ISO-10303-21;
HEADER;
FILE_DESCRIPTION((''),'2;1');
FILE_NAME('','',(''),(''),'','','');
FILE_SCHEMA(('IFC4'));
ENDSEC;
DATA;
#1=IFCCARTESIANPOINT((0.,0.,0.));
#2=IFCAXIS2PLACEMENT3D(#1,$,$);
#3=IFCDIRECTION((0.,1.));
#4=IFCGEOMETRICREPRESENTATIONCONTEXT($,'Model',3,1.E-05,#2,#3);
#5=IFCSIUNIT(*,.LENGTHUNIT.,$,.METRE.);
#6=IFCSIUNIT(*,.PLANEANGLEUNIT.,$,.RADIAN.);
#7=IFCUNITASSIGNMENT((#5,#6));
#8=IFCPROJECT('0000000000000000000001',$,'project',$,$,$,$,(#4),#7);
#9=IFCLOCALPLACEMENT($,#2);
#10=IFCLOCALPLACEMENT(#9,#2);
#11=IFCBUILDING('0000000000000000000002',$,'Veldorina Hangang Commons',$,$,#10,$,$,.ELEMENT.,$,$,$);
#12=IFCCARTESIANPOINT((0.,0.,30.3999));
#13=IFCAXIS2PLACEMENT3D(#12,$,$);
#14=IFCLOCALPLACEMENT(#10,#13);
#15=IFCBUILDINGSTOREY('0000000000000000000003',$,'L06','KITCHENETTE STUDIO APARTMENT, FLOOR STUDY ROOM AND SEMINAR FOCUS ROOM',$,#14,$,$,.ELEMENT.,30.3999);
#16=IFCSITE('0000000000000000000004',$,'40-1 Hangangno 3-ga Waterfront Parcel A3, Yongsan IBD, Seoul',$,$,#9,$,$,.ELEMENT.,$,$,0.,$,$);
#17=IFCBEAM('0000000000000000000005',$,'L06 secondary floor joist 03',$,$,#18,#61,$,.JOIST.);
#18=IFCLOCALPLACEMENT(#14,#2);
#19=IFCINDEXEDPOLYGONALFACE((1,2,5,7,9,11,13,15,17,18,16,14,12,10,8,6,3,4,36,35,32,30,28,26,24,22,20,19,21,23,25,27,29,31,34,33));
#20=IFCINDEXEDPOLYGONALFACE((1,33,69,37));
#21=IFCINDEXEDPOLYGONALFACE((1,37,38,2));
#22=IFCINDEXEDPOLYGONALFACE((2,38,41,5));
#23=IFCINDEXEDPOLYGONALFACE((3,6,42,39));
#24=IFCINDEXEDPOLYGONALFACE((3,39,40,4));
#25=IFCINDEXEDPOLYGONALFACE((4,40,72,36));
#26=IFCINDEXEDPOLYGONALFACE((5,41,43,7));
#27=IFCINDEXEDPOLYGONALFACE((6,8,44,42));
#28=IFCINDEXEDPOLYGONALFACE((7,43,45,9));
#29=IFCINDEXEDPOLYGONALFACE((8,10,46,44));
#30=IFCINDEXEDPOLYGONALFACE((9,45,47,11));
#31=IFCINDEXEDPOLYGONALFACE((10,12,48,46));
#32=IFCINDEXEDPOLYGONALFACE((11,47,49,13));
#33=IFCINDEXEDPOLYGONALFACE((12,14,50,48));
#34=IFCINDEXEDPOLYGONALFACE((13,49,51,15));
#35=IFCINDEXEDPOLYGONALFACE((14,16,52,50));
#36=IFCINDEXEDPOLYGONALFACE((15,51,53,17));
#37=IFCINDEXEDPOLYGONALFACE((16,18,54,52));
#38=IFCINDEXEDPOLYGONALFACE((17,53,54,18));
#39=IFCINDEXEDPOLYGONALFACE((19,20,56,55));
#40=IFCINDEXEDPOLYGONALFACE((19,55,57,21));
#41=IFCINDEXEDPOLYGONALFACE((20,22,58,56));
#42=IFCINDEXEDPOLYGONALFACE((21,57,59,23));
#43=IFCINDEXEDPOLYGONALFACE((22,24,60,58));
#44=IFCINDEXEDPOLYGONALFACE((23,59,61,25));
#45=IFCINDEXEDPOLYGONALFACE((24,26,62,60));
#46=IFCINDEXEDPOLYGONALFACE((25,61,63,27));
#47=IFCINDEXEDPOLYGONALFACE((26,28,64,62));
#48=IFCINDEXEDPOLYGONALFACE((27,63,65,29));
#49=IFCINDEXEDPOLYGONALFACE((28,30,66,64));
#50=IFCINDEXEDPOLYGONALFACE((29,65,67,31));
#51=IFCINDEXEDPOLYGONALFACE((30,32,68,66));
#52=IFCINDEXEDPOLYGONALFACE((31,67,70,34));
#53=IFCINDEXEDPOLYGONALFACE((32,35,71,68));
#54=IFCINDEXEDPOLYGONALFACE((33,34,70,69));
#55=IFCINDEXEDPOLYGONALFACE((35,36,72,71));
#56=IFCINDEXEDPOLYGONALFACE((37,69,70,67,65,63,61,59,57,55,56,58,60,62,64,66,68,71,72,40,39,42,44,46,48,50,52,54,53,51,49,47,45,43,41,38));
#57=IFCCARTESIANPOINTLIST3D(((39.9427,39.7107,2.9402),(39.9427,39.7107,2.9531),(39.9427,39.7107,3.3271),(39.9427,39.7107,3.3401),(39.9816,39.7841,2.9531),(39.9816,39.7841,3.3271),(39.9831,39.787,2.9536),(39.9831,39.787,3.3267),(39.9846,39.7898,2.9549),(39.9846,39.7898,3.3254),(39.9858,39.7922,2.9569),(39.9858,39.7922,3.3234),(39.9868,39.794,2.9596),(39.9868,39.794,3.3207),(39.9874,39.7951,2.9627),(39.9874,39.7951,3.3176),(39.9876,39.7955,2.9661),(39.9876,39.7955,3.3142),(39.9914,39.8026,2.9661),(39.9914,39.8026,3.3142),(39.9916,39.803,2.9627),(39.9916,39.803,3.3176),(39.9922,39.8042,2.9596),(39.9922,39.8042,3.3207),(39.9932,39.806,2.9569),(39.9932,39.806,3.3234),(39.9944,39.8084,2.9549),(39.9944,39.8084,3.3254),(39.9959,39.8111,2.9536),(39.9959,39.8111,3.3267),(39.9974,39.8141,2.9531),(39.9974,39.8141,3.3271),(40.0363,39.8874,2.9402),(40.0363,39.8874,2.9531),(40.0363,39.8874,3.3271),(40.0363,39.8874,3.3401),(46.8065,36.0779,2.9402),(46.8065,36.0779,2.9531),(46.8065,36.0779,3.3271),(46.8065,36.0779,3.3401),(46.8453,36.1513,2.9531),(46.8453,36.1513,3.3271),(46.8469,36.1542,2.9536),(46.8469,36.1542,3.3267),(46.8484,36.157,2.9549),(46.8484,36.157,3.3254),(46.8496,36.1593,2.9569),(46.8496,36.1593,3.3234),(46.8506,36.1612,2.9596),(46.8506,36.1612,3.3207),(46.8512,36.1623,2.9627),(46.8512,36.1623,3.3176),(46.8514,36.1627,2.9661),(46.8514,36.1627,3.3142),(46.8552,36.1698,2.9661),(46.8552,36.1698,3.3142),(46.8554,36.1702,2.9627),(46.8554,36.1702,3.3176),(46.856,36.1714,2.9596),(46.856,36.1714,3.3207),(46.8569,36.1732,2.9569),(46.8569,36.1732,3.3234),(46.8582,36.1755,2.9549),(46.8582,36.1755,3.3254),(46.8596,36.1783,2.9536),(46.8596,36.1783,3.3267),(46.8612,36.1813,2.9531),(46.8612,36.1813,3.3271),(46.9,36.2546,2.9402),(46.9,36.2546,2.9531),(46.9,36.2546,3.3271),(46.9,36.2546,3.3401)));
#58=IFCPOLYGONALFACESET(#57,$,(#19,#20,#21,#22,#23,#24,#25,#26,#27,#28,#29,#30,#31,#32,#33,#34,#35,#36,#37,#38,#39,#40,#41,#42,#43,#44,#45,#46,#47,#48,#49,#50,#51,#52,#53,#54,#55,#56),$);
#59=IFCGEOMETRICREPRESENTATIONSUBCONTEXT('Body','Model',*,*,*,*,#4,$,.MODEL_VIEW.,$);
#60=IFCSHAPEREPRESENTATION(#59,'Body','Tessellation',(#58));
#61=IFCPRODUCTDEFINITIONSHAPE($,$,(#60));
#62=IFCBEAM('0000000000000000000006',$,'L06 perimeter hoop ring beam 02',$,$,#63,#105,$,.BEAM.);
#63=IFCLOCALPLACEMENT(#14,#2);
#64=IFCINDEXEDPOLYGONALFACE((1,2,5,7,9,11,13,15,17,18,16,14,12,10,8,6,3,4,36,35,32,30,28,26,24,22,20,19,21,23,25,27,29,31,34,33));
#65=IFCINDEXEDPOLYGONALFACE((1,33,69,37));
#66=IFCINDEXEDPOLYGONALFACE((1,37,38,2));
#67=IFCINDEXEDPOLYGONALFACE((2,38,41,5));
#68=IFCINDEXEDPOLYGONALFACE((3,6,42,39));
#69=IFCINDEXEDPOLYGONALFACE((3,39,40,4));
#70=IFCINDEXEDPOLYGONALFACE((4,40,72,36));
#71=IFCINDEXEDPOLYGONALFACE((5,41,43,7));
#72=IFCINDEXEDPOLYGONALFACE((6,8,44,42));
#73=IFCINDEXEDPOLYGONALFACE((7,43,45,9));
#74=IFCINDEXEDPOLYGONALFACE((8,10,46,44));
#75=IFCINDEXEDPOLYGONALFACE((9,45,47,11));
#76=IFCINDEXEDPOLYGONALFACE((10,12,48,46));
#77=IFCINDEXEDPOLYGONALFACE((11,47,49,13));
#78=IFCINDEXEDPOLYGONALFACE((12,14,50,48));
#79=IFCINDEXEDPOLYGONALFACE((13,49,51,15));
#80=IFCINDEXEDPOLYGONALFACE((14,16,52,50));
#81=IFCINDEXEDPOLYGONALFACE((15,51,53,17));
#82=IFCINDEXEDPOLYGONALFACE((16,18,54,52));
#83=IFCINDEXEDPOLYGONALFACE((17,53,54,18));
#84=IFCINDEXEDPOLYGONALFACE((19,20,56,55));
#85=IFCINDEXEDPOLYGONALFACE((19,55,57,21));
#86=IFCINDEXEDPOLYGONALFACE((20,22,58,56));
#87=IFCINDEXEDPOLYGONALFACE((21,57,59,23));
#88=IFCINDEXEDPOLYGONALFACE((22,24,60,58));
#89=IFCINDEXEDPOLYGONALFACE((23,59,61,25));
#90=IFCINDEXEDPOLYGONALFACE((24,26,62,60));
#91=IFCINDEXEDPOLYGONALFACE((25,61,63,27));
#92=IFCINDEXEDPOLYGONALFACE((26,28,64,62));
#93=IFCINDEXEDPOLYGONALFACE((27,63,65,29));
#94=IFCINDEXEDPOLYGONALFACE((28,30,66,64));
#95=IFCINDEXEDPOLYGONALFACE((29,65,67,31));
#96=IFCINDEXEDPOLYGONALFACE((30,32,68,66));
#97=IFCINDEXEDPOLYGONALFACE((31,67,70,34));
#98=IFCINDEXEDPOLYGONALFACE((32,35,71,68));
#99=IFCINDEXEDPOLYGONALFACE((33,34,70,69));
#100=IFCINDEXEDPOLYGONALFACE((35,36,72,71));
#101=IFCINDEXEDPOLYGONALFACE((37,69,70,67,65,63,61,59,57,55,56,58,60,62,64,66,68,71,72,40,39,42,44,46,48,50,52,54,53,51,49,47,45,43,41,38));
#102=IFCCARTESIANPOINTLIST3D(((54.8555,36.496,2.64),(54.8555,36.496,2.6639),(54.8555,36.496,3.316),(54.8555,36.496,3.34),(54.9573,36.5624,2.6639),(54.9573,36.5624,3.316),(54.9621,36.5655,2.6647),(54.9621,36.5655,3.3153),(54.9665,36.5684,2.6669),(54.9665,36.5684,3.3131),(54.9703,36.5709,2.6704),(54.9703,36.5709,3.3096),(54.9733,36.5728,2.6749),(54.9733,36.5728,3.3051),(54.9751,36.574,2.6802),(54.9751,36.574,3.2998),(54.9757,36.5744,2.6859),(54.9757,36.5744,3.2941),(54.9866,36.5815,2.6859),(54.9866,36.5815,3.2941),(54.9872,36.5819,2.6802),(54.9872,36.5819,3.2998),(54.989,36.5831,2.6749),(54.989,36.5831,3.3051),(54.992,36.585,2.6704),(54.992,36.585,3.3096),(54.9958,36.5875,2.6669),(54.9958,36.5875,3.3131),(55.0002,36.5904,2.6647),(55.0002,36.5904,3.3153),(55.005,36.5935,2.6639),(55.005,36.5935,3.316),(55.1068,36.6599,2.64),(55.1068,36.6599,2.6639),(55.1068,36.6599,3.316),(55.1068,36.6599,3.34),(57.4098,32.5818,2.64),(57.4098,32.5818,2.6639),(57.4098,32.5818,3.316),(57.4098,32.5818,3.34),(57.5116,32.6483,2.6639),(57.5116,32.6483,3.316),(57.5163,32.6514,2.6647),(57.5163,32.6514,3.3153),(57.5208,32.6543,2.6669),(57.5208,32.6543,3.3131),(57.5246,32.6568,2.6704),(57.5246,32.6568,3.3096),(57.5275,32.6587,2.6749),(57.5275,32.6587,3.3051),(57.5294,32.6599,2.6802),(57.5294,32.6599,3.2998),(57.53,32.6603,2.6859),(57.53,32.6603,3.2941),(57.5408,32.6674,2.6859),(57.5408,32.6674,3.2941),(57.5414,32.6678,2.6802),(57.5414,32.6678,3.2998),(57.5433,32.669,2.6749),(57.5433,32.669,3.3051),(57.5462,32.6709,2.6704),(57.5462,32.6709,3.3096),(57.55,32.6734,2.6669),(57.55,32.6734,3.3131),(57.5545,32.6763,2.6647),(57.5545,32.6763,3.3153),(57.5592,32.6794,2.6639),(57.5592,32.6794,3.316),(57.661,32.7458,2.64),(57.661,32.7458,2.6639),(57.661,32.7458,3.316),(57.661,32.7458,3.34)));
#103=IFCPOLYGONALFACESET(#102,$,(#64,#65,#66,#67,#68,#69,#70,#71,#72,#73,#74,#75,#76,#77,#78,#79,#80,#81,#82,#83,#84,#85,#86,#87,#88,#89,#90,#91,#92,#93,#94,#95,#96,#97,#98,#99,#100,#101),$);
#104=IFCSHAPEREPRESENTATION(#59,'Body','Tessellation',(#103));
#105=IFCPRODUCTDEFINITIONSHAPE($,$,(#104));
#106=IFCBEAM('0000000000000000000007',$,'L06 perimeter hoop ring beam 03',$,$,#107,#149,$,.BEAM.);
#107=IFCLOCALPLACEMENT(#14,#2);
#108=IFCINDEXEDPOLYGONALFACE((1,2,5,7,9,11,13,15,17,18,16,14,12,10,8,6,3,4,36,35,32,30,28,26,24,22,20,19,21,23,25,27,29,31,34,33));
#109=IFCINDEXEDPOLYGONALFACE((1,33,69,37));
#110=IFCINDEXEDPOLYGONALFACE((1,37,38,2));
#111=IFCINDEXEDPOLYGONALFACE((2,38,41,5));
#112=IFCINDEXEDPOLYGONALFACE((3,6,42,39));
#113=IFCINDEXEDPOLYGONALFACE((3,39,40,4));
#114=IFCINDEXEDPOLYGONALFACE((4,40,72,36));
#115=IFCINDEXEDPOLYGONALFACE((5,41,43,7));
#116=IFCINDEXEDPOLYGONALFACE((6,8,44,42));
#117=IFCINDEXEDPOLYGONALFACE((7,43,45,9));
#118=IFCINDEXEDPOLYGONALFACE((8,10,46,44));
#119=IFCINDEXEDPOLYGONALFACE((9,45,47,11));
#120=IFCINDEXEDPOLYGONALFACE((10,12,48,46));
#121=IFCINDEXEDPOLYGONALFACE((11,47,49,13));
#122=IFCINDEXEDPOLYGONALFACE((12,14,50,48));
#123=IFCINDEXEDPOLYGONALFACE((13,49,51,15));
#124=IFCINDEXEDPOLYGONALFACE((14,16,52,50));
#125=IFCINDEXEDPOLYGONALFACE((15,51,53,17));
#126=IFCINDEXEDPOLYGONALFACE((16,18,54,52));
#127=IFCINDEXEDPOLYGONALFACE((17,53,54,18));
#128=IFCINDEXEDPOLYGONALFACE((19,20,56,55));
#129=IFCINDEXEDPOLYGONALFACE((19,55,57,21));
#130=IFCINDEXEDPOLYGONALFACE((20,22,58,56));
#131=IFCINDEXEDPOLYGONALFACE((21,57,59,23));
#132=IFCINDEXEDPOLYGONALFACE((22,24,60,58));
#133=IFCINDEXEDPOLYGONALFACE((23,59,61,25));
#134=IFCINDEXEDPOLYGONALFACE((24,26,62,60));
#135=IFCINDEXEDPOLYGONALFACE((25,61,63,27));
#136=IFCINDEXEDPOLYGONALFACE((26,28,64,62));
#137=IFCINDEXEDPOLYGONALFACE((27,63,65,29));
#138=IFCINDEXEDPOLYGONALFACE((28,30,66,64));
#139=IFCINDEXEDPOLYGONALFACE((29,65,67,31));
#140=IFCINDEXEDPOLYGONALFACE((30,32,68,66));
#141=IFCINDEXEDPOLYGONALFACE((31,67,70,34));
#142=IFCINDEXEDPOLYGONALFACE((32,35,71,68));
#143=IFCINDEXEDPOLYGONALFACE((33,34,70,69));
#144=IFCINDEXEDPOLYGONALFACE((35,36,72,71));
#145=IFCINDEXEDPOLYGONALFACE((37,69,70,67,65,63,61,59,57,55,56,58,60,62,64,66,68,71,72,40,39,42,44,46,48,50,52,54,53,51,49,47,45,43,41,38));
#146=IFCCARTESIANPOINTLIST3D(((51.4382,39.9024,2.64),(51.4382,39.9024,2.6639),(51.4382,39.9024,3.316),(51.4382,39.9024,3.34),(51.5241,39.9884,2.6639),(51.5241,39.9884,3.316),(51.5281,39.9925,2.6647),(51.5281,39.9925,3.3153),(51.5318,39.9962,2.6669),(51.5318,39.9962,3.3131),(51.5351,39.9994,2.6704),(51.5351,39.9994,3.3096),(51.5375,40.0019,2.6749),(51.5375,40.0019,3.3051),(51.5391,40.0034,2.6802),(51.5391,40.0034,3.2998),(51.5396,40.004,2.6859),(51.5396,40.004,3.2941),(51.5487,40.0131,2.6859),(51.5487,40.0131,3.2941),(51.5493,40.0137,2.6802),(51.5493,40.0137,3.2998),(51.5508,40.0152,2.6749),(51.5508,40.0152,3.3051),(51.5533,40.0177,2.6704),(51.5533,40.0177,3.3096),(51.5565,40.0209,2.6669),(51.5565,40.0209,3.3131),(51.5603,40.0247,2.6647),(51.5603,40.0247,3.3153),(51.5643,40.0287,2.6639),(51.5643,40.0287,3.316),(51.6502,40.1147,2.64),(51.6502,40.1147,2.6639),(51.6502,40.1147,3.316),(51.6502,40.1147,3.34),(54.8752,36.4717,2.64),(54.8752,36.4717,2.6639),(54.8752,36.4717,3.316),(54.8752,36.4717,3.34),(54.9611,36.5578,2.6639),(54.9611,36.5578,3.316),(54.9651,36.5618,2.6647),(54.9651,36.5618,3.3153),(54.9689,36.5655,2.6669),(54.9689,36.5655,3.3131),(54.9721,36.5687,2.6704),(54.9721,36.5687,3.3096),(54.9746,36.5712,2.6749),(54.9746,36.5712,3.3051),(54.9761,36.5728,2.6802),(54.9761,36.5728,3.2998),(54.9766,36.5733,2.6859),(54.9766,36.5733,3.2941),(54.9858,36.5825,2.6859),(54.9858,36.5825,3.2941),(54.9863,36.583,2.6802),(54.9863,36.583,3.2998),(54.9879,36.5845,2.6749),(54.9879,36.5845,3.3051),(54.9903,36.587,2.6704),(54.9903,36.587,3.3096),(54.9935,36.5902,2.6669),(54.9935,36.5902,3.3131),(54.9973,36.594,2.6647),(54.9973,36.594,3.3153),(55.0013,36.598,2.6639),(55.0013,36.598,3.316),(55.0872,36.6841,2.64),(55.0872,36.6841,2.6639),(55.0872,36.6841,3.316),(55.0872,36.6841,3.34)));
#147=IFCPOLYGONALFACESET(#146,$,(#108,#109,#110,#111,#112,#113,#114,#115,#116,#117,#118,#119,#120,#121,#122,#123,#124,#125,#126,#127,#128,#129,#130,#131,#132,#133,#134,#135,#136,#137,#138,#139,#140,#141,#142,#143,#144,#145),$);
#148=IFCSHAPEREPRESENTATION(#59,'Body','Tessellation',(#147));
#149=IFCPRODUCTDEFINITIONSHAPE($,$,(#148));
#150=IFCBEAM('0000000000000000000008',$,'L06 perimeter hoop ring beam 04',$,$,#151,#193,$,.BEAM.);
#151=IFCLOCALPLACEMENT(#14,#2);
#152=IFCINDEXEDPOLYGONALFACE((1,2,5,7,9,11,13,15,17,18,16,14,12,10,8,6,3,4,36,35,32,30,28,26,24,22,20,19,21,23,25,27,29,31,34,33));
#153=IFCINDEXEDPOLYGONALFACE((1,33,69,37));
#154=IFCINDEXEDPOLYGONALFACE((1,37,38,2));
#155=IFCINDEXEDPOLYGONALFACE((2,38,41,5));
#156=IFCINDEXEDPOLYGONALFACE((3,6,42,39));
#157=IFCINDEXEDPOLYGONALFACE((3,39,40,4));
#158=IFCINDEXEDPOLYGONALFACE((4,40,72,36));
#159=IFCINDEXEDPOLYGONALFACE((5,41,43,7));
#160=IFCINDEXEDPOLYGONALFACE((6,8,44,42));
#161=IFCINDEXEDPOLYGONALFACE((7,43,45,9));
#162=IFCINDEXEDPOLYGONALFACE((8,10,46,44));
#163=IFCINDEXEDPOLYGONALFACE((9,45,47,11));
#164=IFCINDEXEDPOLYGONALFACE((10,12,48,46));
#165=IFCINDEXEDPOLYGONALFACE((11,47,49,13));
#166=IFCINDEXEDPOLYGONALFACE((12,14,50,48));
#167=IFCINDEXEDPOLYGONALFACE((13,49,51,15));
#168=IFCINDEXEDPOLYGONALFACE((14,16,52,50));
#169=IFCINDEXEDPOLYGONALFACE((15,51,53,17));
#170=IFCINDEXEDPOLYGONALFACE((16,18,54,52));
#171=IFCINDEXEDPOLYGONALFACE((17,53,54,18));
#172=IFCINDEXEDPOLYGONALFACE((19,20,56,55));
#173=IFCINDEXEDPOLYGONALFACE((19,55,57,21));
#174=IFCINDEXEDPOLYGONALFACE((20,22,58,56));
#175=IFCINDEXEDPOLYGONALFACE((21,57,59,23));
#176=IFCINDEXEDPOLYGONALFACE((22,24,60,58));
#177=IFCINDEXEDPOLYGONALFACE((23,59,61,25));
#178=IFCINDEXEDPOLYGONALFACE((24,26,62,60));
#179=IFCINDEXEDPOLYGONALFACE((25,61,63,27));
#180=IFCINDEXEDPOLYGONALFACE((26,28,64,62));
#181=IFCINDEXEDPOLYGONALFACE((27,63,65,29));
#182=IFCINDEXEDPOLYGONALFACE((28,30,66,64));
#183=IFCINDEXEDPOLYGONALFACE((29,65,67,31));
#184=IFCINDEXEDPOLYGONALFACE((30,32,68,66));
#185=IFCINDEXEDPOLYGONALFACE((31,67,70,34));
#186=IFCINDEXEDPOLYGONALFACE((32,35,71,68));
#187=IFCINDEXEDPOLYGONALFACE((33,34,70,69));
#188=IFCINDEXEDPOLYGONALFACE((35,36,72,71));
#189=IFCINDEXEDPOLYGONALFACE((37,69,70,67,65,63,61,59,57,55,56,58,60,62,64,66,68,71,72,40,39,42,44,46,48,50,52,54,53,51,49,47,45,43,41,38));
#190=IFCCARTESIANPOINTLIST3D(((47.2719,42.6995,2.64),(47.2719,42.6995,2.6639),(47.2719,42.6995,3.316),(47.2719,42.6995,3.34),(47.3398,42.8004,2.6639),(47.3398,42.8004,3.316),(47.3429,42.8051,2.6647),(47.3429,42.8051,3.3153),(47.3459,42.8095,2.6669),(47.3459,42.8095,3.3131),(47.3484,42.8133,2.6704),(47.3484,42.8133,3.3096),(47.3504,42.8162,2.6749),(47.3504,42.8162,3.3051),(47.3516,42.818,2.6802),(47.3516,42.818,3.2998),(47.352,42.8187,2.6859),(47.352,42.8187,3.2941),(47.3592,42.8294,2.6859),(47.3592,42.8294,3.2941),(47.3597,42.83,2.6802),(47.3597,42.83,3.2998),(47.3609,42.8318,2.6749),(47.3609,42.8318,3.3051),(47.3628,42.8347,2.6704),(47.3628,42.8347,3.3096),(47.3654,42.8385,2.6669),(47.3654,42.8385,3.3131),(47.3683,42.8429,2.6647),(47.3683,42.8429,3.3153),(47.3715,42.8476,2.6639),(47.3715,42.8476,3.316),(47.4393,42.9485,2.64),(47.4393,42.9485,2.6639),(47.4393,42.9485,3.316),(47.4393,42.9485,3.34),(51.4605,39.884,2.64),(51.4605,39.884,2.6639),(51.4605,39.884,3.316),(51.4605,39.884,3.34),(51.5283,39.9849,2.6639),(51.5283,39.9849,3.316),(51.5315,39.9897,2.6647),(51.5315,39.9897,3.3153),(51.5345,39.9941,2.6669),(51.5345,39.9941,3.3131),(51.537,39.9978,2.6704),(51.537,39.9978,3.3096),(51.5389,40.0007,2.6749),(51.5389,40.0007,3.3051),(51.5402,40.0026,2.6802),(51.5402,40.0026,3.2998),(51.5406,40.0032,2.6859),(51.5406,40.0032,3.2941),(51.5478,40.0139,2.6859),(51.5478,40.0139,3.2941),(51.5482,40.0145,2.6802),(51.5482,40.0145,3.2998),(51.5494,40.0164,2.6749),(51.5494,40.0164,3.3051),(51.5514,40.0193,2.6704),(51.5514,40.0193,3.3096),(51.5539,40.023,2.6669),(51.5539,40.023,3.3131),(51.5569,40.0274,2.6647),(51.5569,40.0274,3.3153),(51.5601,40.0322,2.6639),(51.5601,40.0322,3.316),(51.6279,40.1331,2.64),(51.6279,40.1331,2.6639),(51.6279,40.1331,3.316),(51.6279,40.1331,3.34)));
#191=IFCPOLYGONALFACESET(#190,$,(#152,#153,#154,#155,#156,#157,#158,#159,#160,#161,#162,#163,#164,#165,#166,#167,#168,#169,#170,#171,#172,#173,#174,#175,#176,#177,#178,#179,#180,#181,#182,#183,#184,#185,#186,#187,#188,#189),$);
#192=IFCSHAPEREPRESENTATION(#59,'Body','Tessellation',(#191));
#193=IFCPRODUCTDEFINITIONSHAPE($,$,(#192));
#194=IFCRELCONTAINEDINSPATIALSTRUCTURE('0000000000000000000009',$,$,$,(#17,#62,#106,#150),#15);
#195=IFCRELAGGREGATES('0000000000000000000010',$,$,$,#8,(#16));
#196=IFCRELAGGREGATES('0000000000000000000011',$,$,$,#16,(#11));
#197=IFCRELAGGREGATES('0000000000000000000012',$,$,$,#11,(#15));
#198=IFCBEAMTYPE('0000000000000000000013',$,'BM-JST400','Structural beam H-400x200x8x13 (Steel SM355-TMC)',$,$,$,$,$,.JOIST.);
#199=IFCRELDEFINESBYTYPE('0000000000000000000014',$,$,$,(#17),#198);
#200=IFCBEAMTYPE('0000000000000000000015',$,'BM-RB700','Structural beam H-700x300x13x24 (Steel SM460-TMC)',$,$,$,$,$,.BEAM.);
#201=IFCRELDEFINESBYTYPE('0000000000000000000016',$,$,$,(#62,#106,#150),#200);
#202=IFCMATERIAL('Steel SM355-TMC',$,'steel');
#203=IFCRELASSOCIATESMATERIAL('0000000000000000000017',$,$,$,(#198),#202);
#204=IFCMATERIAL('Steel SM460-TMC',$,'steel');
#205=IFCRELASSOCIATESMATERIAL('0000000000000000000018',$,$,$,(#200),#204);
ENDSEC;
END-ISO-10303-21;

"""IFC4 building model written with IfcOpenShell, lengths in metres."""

from ifc_helpers import new_model, si_unit, direction, frame, origin, origin_2d, place, context, subcontext, project, spatial, i_section, extrude, material, material_profile, profile_set, type_object, element, save


model = new_model("IFC4")

# Units and contexts
model_context = context("Model", 3, precision=1e-05, world=origin(), true_north=direction((0.0, 1.0)))
body_context = subcontext(model_context, "Body", "Model", "MODEL_VIEW")
ifc_project = project(units=[si_unit("LENGTHUNIT", "METRE"), si_unit("PLANEANGLEUNIT", "RADIAN")], contexts=[model_context])

# Site, building, storey
site_placement = place(None, origin())
site = spatial("IfcSite", under=ifc_project, at=site_placement, Name="40-1 Hangangno 3-ga Waterfront Parcel A3, Yongsan IBD, Seoul", CompositionType="ELEMENT", RefElevation=0.0)
building_placement = place(site_placement, origin())
building = spatial("IfcBuilding", under=site, at=building_placement, Name="Veldorina Hangang Commons", CompositionType="ELEMENT")
storey_placement = place(building_placement, frame((0.0, 0.0, 30.3999)))
storey = spatial("IfcBuildingStorey", under=building, at=storey_placement, Name="L06", Description="KITCHENETTE STUDIO APARTMENT, FLOOR STUDY ROOM AND SEMINAR FOCUS ROOM", CompositionType="ELEMENT", Elevation=30.3999)

# Beams
ifc_material_1 = material(Name="Steel SM355-TMC", Category="steel")
ifc_material_profile_1 = material_profile(ifc_material_1, i_section(OverallWidth=0.2, OverallDepth=0.3999, WebThickness=0.0081, FlangeThickness=0.0129, FilletRadius=0.0129, at=origin_2d()), Name="H-400x200x8x13")
ifc_profile_set_1 = profile_set([ifc_material_profile_1], Name="Steel SM355-TMC")
beam_type_1 = type_object("IfcBeamType", Name="BM-JST400", Description="Structural beam H-400x200x8x13 (Steel SM355-TMC)", PredefinedType="JOIST", material=ifc_profile_set_1)
beam_1_placement = place(storey_placement, frame((46.8533, 36.1663, 3.1401), z_axis=(-0.883838, 0.467792, 0.0), x_axis=(-0.467792, -0.883838, 0.0)))
element("IfcBeam", 1, at=beam_1_placement, inside=storey, type_object=beam_type_1, Name="L06 secondary floor joist 03", PredefinedType="JOIST", context=body_context, shape_type="SweptSolid", body=[
    extrude(i_section(OverallWidth=0.2, OverallDepth=0.3999, WebThickness=0.0081, FlangeThickness=0.0129, FilletRadius=0.0129, at=origin_2d()), origin(), (0.0, 0.0, 1.0), 7.7659),
])
ifc_material_2 = material(Name="Steel SM460-TMC", Category="steel")
ifc_material_profile_2 = material_profile(ifc_material_2, i_section(OverallWidth=0.3, OverallDepth=0.7, WebThickness=0.0129, FlangeThickness=0.0239, FilletRadius=0.022, at=origin_2d()), Name="H-700x300x13x24")
ifc_profile_set_2 = profile_set([ifc_material_profile_2], Name="Steel SM460-TMC")
beam_type_2 = type_object("IfcBeamType", Name="BM-RB700", Description="Structural beam H-700x300x13x24 (Steel SM460-TMC)", PredefinedType="BEAM", material=ifc_profile_set_2)
beam_2_placement = place(storey_placement, frame((57.5354, 32.6638, 2.99), z_axis=(-0.5465, 0.837459, 0.0), x_axis=(-0.837459, -0.5465, 0.0)))
element("IfcBeam", 2, at=beam_2_placement, inside=storey, type_object=beam_type_2, Name="L06 perimeter hoop ring beam 02", PredefinedType="BEAM", context=body_context, shape_type="SweptSolid", body=[
    extrude(i_section(OverallWidth=0.3, OverallDepth=0.7, WebThickness=0.0129, FlangeThickness=0.0239, FilletRadius=0.022, at=origin_2d()), origin(), (0.0, 0.0, 1.0), 4.6738),
])
beam_3_placement = place(storey_placement, frame((54.9812, 36.5779, 2.99), z_axis=(-0.70776, 0.706453, 0.0), x_axis=(-0.706453, -0.70776, 0.0)))
element("IfcBeam", 3, at=beam_3_placement, inside=storey, type_object=beam_type_2, Name="L06 perimeter hoop ring beam 03", PredefinedType="BEAM", context=body_context, shape_type="SweptSolid", body=[
    extrude(i_section(OverallWidth=0.3, OverallDepth=0.7, WebThickness=0.0129, FlangeThickness=0.0239, FilletRadius=0.022, at=origin_2d()), origin(), (0.0, 0.0, 1.0), 4.8562),
])
beam_4_placement = place(storey_placement, frame((51.5442, 40.0085, 2.99), z_axis=(-0.829931, 0.557867, 0.0), x_axis=(-0.557867, -0.829931, 0.0)))
element("IfcBeam", 4, at=beam_4_placement, inside=storey, type_object=beam_type_2, Name="L06 perimeter hoop ring beam 04", PredefinedType="BEAM", context=body_context, shape_type="SweptSolid", body=[
    extrude(i_section(OverallWidth=0.3, OverallDepth=0.7, WebThickness=0.0129, FlangeThickness=0.0239, FilletRadius=0.022, at=origin_2d()), origin(), (0.0, 0.0, 1.0), 5.0469),
])

save(model, "model.ifc")
